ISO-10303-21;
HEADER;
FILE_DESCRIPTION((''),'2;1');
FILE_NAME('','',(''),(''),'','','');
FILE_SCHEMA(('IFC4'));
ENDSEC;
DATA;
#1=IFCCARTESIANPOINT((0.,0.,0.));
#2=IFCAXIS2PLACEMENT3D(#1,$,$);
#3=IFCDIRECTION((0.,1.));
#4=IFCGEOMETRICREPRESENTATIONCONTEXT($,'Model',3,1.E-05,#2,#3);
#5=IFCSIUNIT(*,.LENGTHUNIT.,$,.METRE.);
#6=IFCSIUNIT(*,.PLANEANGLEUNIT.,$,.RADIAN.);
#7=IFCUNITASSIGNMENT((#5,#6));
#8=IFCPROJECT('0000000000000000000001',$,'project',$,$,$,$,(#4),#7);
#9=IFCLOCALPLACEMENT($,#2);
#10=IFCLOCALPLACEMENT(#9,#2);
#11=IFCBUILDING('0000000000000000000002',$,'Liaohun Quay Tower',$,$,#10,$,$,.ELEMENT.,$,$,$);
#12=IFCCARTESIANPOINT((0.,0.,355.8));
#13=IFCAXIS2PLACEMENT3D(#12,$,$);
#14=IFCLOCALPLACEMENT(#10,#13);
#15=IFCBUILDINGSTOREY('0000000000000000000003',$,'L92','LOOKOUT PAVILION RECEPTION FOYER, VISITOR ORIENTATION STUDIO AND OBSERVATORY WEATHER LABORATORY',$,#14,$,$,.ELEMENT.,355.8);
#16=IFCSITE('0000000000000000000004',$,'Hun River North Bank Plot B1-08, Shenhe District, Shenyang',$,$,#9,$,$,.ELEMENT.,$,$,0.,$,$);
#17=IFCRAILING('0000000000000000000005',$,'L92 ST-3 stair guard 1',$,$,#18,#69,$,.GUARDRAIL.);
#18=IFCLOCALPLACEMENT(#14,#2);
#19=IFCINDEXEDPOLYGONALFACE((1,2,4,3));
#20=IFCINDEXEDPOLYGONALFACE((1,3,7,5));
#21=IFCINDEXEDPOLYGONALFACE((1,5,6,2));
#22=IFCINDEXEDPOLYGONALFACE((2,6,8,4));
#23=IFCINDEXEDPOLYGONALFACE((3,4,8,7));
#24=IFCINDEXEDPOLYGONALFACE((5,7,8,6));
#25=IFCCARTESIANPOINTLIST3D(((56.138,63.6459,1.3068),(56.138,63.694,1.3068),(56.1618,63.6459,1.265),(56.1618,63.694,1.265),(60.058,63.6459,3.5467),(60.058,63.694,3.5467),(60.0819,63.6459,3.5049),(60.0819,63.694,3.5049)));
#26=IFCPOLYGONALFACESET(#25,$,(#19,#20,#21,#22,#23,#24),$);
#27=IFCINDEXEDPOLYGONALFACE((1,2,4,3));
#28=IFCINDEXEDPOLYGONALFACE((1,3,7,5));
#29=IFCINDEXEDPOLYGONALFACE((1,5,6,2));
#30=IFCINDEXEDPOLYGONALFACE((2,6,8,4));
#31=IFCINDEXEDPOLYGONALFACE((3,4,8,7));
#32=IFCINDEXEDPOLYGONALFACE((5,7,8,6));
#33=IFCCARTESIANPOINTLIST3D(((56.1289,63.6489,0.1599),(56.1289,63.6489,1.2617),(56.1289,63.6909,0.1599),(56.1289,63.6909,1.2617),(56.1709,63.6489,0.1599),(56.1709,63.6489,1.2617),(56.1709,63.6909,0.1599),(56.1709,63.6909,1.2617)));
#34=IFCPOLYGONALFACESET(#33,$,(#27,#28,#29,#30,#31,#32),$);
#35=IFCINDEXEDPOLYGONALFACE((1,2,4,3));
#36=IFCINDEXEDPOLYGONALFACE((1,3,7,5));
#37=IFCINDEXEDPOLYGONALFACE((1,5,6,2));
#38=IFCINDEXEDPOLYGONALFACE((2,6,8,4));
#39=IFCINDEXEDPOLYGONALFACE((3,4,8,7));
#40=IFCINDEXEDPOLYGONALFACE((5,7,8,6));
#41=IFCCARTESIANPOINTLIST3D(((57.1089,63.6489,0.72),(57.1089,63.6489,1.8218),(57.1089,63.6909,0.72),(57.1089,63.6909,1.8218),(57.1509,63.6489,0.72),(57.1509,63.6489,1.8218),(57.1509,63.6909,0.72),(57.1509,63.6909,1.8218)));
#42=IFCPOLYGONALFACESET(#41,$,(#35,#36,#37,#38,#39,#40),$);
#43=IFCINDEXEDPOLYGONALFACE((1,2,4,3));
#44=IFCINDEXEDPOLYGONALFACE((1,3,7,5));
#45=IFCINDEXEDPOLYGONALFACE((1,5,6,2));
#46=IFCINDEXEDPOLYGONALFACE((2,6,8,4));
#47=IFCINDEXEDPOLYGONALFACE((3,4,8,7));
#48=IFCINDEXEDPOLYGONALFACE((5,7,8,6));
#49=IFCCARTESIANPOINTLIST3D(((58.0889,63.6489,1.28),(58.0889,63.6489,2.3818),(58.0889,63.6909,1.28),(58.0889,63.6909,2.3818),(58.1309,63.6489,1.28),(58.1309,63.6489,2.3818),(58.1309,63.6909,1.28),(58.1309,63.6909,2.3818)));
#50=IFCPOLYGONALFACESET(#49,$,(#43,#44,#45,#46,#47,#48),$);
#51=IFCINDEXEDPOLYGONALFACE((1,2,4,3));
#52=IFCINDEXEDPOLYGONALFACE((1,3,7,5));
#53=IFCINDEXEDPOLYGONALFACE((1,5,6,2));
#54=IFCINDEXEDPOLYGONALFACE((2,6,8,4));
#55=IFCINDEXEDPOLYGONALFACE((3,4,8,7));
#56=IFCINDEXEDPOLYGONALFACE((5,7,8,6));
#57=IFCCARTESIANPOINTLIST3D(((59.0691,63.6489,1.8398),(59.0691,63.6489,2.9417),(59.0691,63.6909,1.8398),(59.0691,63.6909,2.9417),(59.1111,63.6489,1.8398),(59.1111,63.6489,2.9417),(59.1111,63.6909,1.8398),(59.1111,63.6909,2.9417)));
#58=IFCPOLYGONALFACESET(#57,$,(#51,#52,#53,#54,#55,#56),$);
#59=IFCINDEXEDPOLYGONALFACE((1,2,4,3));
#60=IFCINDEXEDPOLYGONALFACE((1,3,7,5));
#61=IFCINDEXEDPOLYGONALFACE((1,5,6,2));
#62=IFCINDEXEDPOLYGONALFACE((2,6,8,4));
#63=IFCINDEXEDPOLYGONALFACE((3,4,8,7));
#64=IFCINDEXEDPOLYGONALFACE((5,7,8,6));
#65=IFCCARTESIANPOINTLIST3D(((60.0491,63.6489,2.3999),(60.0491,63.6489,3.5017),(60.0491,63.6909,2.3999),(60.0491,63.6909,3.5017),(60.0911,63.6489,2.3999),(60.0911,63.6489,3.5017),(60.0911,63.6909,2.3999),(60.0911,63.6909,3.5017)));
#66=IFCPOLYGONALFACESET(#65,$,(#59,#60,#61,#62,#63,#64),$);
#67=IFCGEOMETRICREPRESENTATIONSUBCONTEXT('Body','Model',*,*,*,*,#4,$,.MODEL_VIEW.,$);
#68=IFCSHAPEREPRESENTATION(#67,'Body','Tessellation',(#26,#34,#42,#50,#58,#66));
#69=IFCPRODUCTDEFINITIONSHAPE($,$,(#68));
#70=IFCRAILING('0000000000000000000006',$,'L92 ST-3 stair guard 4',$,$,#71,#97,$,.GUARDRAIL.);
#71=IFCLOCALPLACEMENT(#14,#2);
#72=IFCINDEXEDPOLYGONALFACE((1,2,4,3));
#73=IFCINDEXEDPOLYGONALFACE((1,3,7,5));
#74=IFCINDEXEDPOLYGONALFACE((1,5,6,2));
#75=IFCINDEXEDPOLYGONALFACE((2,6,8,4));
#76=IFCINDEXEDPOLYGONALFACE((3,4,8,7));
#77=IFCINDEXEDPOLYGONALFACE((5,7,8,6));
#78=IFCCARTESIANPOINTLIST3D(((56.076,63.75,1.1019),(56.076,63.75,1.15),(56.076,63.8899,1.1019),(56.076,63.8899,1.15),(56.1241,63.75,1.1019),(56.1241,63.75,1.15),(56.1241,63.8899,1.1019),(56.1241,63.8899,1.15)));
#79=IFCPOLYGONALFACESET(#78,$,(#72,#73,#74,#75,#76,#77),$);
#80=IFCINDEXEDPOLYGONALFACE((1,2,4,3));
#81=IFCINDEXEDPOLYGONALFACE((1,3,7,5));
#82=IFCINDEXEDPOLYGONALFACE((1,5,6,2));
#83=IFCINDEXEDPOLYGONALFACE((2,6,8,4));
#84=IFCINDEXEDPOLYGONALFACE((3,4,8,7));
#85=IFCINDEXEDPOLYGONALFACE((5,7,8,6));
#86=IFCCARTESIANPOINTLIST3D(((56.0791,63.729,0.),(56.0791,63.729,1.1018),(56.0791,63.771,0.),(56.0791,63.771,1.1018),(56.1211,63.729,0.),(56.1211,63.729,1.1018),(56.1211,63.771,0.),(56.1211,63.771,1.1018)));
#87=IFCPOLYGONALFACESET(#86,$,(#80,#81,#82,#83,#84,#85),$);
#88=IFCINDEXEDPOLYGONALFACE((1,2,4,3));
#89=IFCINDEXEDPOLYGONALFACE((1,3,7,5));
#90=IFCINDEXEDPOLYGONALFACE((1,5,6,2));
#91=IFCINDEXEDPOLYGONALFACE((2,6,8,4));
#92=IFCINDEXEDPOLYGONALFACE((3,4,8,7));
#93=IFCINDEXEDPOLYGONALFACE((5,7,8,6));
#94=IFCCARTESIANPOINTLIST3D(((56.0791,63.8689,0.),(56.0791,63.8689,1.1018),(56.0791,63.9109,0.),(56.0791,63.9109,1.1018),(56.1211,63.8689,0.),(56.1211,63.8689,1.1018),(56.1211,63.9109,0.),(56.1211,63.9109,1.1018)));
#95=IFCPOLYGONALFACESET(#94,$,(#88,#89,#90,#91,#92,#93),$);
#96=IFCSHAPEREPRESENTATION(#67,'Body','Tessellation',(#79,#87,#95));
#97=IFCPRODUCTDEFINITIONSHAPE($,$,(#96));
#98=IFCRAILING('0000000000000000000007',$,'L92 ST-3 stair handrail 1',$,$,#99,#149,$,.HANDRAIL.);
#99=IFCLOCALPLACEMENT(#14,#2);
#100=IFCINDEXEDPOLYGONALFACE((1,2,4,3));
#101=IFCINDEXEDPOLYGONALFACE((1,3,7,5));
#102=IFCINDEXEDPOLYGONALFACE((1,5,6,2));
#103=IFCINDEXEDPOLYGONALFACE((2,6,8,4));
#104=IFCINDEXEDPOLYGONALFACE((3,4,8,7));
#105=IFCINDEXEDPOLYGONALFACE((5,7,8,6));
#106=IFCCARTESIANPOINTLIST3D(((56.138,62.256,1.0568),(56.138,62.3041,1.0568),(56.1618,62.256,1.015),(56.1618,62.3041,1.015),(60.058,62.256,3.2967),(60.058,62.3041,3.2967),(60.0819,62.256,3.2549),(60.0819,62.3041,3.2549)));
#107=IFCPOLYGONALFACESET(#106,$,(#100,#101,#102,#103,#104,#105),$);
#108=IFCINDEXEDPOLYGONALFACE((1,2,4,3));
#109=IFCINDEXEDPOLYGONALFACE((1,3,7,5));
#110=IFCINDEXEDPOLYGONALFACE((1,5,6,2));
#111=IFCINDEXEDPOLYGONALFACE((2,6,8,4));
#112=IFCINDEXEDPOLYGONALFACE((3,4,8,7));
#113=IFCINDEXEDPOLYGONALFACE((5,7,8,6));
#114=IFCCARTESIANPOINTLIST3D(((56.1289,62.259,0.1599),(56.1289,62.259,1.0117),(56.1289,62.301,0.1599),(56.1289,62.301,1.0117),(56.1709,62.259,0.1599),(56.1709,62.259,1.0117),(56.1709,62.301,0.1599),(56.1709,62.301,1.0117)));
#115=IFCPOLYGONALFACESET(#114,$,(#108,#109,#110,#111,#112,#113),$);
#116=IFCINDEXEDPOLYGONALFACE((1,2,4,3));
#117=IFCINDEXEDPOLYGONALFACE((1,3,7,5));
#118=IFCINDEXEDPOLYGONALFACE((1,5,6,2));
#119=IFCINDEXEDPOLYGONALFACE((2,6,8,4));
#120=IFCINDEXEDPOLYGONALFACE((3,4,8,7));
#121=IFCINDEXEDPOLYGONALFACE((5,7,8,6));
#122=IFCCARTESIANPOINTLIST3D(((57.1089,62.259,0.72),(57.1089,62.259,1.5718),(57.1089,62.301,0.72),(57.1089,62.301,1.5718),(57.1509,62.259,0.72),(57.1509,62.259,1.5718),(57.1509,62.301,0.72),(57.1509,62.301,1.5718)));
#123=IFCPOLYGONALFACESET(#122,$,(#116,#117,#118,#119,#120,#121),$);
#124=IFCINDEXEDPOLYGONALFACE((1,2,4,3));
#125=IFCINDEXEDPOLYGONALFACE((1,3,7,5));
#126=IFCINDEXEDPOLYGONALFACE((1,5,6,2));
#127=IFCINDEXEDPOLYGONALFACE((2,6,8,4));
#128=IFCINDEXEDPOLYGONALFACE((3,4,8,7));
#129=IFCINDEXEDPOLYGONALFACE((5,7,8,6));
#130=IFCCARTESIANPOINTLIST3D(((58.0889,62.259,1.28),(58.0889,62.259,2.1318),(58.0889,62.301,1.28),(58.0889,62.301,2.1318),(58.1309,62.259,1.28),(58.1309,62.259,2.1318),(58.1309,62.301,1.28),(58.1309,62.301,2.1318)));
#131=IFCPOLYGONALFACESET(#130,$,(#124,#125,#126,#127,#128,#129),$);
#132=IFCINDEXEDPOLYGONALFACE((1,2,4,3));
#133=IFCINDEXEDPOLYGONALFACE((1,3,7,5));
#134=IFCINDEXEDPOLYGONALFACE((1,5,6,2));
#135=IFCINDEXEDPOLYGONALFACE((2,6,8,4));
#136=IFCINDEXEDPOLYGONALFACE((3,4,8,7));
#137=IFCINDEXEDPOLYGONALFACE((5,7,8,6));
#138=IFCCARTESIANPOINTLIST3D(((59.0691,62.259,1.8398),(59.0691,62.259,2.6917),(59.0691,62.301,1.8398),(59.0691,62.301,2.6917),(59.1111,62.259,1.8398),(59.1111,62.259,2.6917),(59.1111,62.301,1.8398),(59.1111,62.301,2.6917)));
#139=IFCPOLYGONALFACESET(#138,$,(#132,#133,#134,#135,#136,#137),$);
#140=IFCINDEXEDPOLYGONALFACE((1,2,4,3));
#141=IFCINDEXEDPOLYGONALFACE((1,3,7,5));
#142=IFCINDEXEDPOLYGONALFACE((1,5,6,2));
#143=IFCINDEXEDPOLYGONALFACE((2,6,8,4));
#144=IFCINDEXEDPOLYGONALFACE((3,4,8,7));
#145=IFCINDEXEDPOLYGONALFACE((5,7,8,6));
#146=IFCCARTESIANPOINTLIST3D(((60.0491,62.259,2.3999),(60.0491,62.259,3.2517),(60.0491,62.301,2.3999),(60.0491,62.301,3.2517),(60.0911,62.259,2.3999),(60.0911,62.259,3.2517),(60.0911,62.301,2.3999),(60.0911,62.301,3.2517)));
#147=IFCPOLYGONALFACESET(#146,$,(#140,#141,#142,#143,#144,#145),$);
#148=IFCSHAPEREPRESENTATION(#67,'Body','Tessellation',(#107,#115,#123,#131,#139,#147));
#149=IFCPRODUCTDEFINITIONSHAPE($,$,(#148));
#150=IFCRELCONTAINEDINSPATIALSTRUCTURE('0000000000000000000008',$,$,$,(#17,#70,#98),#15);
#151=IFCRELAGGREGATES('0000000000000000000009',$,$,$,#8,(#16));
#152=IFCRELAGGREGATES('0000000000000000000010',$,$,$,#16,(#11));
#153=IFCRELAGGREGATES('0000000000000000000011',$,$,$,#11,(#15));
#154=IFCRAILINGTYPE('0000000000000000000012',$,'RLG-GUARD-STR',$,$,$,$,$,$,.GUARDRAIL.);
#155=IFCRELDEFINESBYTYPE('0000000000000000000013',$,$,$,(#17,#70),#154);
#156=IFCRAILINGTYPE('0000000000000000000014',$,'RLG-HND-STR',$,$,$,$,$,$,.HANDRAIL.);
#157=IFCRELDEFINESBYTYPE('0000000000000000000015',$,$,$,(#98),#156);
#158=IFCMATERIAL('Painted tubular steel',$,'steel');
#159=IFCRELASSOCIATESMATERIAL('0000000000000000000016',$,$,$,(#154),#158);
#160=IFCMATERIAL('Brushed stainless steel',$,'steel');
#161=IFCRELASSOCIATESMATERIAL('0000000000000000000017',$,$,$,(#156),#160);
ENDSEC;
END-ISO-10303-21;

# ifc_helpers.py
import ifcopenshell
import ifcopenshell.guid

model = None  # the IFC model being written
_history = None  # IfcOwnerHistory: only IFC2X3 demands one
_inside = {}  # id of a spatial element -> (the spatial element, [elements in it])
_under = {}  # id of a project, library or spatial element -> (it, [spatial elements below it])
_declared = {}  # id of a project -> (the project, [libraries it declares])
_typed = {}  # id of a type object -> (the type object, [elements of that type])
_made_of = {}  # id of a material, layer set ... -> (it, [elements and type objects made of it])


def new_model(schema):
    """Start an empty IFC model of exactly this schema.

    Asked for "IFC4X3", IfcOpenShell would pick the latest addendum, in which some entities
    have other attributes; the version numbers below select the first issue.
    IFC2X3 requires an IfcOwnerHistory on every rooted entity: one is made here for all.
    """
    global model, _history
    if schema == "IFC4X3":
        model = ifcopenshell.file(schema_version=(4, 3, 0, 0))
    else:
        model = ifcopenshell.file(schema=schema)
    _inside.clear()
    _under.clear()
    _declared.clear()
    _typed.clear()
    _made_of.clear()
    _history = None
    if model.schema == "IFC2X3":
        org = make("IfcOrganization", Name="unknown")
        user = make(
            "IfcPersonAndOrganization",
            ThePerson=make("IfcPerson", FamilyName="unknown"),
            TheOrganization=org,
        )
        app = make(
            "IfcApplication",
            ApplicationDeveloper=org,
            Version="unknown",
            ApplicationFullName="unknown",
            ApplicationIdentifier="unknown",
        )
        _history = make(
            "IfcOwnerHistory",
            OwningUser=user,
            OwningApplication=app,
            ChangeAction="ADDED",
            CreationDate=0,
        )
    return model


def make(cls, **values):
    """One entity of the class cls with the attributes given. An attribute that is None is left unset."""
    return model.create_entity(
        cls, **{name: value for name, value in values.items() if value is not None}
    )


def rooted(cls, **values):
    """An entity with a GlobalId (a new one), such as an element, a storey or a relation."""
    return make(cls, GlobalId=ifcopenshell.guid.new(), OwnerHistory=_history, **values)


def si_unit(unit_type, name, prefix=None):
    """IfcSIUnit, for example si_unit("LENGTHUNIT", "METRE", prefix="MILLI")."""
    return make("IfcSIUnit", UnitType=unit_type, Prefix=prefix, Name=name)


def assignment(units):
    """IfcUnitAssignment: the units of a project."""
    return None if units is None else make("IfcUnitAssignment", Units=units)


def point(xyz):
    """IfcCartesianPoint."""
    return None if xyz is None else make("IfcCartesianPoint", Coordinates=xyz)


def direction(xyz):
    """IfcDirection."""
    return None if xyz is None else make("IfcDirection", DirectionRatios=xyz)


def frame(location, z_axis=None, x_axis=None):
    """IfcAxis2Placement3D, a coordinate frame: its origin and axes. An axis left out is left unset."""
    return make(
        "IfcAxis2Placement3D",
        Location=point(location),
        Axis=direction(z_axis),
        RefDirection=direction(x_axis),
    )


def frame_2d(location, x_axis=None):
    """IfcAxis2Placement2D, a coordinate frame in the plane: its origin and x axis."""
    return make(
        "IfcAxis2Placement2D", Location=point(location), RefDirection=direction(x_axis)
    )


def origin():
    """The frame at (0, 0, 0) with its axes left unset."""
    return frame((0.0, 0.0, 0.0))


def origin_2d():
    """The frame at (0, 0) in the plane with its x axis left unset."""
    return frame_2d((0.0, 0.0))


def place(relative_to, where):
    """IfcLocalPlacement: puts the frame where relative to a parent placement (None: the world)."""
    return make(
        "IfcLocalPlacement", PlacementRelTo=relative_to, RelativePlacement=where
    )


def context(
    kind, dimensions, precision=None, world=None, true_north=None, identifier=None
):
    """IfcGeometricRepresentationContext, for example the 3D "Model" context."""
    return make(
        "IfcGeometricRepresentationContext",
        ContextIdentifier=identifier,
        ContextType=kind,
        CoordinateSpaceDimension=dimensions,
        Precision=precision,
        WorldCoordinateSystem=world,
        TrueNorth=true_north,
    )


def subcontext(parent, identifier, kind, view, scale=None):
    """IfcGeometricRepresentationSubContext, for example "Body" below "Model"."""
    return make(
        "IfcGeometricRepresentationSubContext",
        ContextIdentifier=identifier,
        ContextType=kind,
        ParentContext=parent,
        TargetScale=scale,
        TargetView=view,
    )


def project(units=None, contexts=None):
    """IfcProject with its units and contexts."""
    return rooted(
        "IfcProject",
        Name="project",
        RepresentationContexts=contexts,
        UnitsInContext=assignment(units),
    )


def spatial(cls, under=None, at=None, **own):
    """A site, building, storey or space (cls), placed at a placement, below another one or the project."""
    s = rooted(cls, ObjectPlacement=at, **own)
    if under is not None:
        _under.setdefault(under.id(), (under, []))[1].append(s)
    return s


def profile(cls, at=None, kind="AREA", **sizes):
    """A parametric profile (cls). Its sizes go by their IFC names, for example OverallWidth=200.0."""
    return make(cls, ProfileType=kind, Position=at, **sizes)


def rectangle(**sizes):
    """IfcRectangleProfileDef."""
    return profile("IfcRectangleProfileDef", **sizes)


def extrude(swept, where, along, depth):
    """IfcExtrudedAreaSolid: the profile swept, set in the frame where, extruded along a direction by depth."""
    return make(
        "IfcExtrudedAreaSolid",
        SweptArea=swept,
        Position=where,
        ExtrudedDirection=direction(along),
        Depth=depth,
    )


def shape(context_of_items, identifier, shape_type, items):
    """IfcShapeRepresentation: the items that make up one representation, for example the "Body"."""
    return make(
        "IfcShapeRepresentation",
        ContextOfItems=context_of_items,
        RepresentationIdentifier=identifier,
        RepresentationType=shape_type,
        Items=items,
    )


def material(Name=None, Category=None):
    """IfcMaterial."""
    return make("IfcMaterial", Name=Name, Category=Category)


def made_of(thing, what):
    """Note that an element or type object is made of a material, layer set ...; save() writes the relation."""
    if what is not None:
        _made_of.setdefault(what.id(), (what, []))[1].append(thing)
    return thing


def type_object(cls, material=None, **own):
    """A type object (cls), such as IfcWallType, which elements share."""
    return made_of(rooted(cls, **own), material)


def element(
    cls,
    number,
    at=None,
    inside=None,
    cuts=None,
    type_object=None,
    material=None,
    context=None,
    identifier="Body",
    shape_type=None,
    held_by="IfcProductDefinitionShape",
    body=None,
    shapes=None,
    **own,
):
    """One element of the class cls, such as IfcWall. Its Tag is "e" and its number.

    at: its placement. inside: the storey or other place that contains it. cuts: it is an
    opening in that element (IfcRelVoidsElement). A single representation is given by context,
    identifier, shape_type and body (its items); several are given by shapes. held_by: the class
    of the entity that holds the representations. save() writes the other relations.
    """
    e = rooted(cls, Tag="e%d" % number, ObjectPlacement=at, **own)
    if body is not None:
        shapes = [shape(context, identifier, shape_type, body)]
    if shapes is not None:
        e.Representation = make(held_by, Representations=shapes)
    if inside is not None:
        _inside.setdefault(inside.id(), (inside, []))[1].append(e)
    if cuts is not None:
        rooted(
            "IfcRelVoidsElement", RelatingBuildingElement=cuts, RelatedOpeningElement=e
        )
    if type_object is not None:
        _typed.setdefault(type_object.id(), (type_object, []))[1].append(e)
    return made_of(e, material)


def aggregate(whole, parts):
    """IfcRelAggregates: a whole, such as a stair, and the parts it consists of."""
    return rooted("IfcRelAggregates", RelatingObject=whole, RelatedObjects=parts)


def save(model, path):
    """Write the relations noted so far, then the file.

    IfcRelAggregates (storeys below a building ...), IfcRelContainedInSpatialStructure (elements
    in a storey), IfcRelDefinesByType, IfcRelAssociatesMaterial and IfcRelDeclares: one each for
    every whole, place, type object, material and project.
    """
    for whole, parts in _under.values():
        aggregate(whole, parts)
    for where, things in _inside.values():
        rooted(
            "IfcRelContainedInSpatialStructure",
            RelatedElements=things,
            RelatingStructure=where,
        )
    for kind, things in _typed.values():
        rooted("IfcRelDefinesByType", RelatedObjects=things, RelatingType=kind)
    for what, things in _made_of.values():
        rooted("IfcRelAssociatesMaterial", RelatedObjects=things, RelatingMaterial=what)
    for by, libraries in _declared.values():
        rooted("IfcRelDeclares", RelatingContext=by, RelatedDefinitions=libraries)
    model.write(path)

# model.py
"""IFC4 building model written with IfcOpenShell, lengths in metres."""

from ifc_helpers import new_model, si_unit, direction, frame, origin, origin_2d, place, context, subcontext, project, spatial, rectangle, extrude, material, type_object, element, save


model = new_model("IFC4")

# Units and contexts
model_context = context("Model", 3, precision=1e-05, world=origin(), true_north=direction((0.0, 1.0)))
body_context = subcontext(model_context, "Body", "Model", "MODEL_VIEW")
ifc_project = project(units=[si_unit("LENGTHUNIT", "METRE"), si_unit("PLANEANGLEUNIT", "RADIAN")], contexts=[model_context])

# Site, building, storey
site_placement = place(None, origin())
site = spatial("IfcSite", under=ifc_project, at=site_placement, Name="Hun River North Bank Plot B1-08, Shenhe District, Shenyang", CompositionType="ELEMENT", RefElevation=0.0)
building_placement = place(site_placement, origin())
building = spatial("IfcBuilding", under=site, at=building_placement, Name="Liaohun Quay Tower", CompositionType="ELEMENT")
storey_placement = place(building_placement, frame((0.0, 0.0, 355.8)))
storey = spatial("IfcBuildingStorey", under=building, at=storey_placement, Name="L92", Description="LOOKOUT PAVILION RECEPTION FOYER, VISITOR ORIENTATION STUDIO AND OBSERVATORY WEATHER LABORATORY", CompositionType="ELEMENT", Elevation=355.8)

# Railings
ifc_material_1 = material(Name="Painted tubular steel", Category="steel")
railing_type_1 = type_object("IfcRailingType", Name="RLG-GUARD-STR", PredefinedType="GUARDRAIL", material=ifc_material_1)
railing_1_placement = place(storey_placement, frame((56.1499, 63.6699, 0.1599)))
element("IfcRailing", 1, at=railing_1_placement, inside=storey, type_object=railing_type_1, Name="L92 ST-3 stair guard 1", PredefinedType="GUARDRAIL", context=body_context, shape_type="SweptSolid", body=[
    extrude(rectangle(XDim=0.0481, YDim=0.0481, at=origin_2d()), frame((0.0, 0.0, 1.126), z_axis=(0.868253, 0.0, 0.496121), x_axis=(0.0, 1.0, 0.0)), (0.0, 0.0, 1.0), 4.5149),
    extrude(rectangle(XDim=0.042, YDim=0.042, at=origin_2d()), origin(), (0.0, 0.0, 1.0), 1.1018),
    extrude(rectangle(XDim=0.042, YDim=0.042, at=origin_2d()), frame((0.98, 0.0, 0.5601)), (0.0, 0.0, 1.0), 1.1018),
    extrude(rectangle(XDim=0.042, YDim=0.042, at=origin_2d()), frame((1.96, 0.0, 1.1201)), (0.0, 0.0, 1.0), 1.1018),
    extrude(rectangle(XDim=0.042, YDim=0.042, at=origin_2d()), frame((2.9402, 0.0, 1.6799)), (0.0, 0.0, 1.0), 1.1018),
    extrude(rectangle(XDim=0.042, YDim=0.042, at=origin_2d()), frame((3.9202, 0.0, 2.24)), (0.0, 0.0, 1.0), 1.1018),
])
railing_2_placement = place(storey_placement, frame((56.1001, 63.75, 0.0)))
element("IfcRailing", 2, at=railing_2_placement, inside=storey, type_object=railing_type_1, Name="L92 ST-3 stair guard 4", PredefinedType="GUARDRAIL", context=body_context, shape_type="SweptSolid", body=[
    extrude(rectangle(XDim=0.0481, YDim=0.0481, at=origin_2d()), frame((0.0, 0.0, 1.126), z_axis=(0.0, 1.0, 0.0), x_axis=(-1.0, 0.0, 0.0)), (0.0, 0.0, 1.0), 0.1399),
    extrude(rectangle(XDim=0.042, YDim=0.042, at=origin_2d()), origin(), (0.0, 0.0, 1.0), 1.1018),
    extrude(rectangle(XDim=0.042, YDim=0.042, at=origin_2d()), frame((0.0, 0.1399, 0.0)), (0.0, 0.0, 1.0), 1.1018),
])
ifc_material_2 = material(Name="Brushed stainless steel", Category="steel")
railing_type_2 = type_object("IfcRailingType", Name="RLG-HND-STR", PredefinedType="HANDRAIL", material=ifc_material_2)
railing_3_placement = place(storey_placement, frame((56.1499, 62.28, 0.1599)))
element("IfcRailing", 3, at=railing_3_placement, inside=storey, type_object=railing_type_2, Name="L92 ST-3 stair handrail 1", PredefinedType="HANDRAIL", context=body_context, shape_type="SweptSolid", body=[
    extrude(rectangle(XDim=0.0481, YDim=0.0481, at=origin_2d()), frame((0.0, 0.0, 0.876), z_axis=(0.868253, 0.0, 0.496121), x_axis=(0.0, 1.0, 0.0)), (0.0, 0.0, 1.0), 4.5149),
    extrude(rectangle(XDim=0.042, YDim=0.042, at=origin_2d()), origin(), (0.0, 0.0, 1.0), 0.8518),
    extrude(rectangle(XDim=0.042, YDim=0.042, at=origin_2d()), frame((0.98, 0.0, 0.5601)), (0.0, 0.0, 1.0), 0.8518),
    extrude(rectangle(XDim=0.042, YDim=0.042, at=origin_2d()), frame((1.96, 0.0, 1.1201)), (0.0, 0.0, 1.0), 0.8518),
    extrude(rectangle(XDim=0.042, YDim=0.042, at=origin_2d()), frame((2.9402, 0.0, 1.6799)), (0.0, 0.0, 1.0), 0.8518),
    extrude(rectangle(XDim=0.042, YDim=0.042, at=origin_2d()), frame((3.9202, 0.0, 2.24)), (0.0, 0.0, 1.0), 0.8518),
])

save(model, "model.ifc")
